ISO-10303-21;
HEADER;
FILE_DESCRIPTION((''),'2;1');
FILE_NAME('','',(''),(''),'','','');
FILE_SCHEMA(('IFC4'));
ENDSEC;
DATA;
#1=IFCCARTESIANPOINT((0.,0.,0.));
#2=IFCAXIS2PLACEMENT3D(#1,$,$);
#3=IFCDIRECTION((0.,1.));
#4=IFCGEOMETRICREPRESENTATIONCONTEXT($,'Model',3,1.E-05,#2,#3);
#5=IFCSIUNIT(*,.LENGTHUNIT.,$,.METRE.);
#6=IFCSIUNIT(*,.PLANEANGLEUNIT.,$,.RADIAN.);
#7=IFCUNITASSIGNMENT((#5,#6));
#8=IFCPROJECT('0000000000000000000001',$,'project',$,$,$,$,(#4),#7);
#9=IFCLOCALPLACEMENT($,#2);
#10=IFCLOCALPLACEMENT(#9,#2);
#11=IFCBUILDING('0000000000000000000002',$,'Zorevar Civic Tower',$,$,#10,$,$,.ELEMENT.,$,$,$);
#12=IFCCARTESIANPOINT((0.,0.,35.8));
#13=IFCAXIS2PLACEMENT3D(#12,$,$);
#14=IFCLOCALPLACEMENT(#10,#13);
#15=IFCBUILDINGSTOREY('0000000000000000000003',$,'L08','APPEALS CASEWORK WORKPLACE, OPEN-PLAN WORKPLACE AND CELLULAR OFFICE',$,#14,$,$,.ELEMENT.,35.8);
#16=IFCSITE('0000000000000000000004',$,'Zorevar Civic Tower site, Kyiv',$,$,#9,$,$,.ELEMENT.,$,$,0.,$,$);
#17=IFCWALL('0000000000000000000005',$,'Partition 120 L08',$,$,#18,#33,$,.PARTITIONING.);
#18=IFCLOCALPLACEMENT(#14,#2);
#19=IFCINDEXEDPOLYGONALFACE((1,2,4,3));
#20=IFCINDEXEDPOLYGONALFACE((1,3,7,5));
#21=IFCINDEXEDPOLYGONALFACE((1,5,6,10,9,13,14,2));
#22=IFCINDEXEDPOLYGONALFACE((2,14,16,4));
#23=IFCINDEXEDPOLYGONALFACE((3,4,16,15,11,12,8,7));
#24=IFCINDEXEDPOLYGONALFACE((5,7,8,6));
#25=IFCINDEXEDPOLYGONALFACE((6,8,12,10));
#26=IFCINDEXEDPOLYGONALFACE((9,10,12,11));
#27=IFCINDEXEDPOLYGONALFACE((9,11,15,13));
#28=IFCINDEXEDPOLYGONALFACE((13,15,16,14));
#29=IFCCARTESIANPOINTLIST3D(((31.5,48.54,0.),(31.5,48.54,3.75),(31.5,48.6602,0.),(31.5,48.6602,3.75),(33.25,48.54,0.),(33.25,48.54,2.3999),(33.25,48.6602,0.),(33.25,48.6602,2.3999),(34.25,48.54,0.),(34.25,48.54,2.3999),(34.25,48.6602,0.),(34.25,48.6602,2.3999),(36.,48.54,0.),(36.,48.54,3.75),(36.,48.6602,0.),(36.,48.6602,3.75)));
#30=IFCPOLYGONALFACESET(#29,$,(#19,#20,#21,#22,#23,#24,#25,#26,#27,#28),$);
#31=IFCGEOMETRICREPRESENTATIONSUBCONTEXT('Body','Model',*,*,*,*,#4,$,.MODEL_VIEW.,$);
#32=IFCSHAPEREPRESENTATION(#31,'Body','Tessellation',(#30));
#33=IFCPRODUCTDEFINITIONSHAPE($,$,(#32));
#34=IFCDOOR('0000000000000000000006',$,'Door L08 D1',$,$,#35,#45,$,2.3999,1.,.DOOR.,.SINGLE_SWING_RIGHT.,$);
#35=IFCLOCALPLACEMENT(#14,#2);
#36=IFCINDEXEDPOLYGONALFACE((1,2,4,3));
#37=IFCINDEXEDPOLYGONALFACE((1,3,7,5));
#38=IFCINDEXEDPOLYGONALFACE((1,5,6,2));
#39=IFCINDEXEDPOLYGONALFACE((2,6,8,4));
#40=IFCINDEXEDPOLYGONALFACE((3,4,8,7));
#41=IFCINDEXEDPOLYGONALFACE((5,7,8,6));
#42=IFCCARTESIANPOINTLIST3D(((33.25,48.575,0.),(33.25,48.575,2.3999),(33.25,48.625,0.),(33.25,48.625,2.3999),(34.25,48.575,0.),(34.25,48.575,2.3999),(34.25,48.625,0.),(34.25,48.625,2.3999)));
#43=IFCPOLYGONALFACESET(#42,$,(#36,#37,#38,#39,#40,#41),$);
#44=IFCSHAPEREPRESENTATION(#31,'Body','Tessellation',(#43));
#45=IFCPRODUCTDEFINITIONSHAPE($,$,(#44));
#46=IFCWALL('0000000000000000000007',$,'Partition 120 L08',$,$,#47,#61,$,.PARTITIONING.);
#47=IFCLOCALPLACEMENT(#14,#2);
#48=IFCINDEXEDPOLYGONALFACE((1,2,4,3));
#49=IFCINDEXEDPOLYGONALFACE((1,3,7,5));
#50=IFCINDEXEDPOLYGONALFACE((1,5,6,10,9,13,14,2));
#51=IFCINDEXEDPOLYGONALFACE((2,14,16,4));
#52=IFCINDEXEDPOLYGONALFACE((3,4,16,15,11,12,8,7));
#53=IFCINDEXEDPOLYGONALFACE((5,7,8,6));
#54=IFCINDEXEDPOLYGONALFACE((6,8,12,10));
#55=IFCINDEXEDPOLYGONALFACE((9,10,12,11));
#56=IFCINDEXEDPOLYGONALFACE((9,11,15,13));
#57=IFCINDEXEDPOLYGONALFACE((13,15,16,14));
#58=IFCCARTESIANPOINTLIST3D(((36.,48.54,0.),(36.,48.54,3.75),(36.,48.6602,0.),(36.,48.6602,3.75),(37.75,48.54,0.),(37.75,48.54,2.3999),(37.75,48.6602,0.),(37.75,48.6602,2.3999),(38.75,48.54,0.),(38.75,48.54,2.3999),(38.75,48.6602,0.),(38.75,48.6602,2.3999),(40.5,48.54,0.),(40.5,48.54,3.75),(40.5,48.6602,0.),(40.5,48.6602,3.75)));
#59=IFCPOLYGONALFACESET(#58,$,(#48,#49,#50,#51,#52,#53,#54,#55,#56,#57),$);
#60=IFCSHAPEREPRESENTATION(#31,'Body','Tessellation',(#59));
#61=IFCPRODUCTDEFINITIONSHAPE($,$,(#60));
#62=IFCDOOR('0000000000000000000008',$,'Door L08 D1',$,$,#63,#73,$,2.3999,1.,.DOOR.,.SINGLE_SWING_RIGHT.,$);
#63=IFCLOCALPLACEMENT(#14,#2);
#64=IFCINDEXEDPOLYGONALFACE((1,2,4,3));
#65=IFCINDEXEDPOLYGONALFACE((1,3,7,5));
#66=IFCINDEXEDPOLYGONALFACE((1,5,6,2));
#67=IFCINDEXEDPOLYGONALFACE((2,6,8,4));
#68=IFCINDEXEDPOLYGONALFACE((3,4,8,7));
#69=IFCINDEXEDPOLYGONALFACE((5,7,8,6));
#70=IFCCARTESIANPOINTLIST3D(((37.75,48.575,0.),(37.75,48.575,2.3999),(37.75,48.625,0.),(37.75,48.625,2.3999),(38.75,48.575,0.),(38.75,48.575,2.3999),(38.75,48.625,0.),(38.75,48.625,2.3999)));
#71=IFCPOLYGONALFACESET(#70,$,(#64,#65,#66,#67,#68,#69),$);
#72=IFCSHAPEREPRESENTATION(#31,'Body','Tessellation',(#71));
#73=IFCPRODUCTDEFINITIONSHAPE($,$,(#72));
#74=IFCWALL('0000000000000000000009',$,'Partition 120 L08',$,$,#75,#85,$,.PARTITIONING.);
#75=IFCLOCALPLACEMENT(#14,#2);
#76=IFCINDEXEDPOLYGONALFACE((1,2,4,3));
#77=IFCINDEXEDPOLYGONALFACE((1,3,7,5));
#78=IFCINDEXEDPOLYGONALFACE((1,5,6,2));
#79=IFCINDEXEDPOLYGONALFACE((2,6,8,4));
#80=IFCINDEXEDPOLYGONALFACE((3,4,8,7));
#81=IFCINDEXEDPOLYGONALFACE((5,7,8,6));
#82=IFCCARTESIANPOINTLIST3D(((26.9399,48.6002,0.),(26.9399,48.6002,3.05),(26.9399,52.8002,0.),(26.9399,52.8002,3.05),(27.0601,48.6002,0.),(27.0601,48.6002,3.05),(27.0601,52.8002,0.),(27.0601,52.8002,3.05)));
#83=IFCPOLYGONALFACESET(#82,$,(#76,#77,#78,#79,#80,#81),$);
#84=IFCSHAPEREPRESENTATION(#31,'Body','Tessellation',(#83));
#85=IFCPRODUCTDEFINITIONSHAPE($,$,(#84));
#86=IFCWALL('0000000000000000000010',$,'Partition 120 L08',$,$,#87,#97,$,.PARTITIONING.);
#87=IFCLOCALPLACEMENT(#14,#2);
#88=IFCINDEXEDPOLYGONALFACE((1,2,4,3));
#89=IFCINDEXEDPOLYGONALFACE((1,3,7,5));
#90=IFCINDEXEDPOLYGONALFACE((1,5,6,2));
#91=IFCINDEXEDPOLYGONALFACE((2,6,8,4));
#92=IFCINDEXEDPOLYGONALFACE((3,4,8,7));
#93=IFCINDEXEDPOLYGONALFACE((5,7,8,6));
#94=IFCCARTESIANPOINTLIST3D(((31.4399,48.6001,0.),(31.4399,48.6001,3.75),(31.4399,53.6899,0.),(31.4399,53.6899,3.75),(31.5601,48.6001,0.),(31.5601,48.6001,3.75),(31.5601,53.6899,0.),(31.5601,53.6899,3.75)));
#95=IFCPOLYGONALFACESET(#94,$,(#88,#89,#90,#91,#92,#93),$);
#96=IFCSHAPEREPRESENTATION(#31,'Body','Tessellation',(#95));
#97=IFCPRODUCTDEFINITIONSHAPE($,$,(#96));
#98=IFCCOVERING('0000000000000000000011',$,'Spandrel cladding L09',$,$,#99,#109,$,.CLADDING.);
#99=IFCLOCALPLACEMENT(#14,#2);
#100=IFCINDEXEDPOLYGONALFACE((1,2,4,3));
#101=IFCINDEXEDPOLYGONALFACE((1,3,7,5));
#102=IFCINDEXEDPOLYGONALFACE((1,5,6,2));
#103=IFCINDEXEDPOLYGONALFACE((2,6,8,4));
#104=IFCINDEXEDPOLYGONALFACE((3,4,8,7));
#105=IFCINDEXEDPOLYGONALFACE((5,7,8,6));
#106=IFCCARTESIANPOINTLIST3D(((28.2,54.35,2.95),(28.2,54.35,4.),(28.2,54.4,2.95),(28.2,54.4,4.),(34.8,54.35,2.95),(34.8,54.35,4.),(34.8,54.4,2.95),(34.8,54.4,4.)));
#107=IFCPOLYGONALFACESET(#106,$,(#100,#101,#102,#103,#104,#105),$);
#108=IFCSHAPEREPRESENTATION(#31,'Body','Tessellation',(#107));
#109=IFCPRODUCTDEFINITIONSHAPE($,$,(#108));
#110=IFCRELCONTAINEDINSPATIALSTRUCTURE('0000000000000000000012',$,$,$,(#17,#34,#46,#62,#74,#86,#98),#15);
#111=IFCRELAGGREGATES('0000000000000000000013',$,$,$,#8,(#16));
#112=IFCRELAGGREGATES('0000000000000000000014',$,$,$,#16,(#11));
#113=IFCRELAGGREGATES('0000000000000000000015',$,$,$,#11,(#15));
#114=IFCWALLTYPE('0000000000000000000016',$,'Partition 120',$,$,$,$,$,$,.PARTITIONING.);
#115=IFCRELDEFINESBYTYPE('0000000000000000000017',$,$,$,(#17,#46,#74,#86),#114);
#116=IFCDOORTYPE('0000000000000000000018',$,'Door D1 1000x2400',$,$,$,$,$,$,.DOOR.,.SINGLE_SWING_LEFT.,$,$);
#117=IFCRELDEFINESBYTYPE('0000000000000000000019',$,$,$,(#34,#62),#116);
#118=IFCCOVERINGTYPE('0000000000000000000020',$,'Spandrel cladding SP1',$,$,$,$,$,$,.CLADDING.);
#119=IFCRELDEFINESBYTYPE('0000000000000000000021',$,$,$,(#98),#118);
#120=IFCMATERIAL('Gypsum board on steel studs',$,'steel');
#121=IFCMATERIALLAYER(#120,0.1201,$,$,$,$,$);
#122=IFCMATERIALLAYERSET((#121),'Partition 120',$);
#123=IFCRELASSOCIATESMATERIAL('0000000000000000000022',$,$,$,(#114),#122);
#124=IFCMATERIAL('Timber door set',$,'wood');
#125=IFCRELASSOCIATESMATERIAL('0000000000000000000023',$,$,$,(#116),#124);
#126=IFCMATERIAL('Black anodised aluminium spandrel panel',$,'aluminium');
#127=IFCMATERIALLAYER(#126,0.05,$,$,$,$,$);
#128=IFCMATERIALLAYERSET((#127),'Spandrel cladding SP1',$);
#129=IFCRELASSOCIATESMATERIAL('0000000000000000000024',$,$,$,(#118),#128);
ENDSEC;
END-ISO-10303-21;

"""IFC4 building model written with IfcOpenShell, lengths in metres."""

from ifc_helpers import new_model, si_unit, direction, frame, frame_2d, origin, place, context, subcontext, project, spatial, rectangle, extrude, material, layer, layer_set, type_object, element, fill, save


model = new_model("IFC4")

# Units and contexts
model_context = context("Model", 3, precision=1e-05, world=origin(), true_north=direction((0.0, 1.0)))
body_context = subcontext(model_context, "Body", "Model", "MODEL_VIEW")
ifc_project = project(units=[si_unit("LENGTHUNIT", "METRE"), si_unit("PLANEANGLEUNIT", "RADIAN")], contexts=[model_context])

# Site, building, storey
site_placement = place(None, origin())
site = spatial("IfcSite", under=ifc_project, at=site_placement, Name="Zorevar Civic Tower site, Kyiv", CompositionType="ELEMENT", RefElevation=0.0)
building_placement = place(site_placement, origin())
building = spatial("IfcBuilding", under=site, at=building_placement, Name="Zorevar Civic Tower", CompositionType="ELEMENT")
storey_placement = place(building_placement, frame((0.0, 0.0, 35.8)))
storey = spatial("IfcBuildingStorey", under=building, at=storey_placement, Name="L08", Description="APPEALS CASEWORK WORKPLACE, OPEN-PLAN WORKPLACE AND CELLULAR OFFICE", CompositionType="ELEMENT", Elevation=35.8)

# Walls, openings, doors
ifc_material_1 = material(Name="Gypsum board on steel studs", Category="steel")
ifc_layer_1 = layer(ifc_material_1, 0.1201)
ifc_layer_set_1 = layer_set([ifc_layer_1], Name="Partition 120")
wall_type = type_object("IfcWallType", Name="Partition 120", PredefinedType="PARTITIONING", material=ifc_layer_set_1)
ifc_material_2 = material(Name="Timber door set", Category="wood")
door_type = type_object("IfcDoorType", Name="Door D1 1000x2400", OperationType="SINGLE_SWING_LEFT", PredefinedType="DOOR", material=ifc_material_2)
wall_1_placement = place(storey_placement, frame((31.5, 48.6001, 0.0), z_axis=(0.0, 0.0, 1.0), x_axis=(1.0, 0.0, 0.0)))
wall_1 = element("IfcWall", 1, at=wall_1_placement, inside=storey, type_object=wall_type, Name="Partition 120 L08", PredefinedType="PARTITIONING", context=body_context, shape_type="SweptSolid", body=[
    extrude(rectangle(XDim=4.5, YDim=0.1201, at=frame_2d((2.25, 0.0))), origin(), (0.0, 0.0, 1.0), 3.75),
])
opening_1_placement = place(wall_1_placement, frame((1.75, 0.0, 0.0)))
opening_1 = element("IfcOpeningElement", 2, at=opening_1_placement, cuts=wall_1, PredefinedType="OPENING", context=body_context, shape_type="SweptSolid", body=[
    extrude(rectangle(XDim=1.0, YDim=2.3999, at=frame_2d((0.5, 1.2))), frame((0.0, 0.0701, 0.0), z_axis=(0.0, -1.0, 0.0), x_axis=(1.0, 0.0, 0.0)), (0.0, 0.0, 1.0), 0.1401),
])
door_1_placement = place(opening_1_placement, origin())
door_1 = element("IfcDoor", 3, at=door_1_placement, inside=storey, type_object=door_type, Name="Door L08 D1", OperationType="SINGLE_SWING_RIGHT", OverallHeight=2.3999, OverallWidth=1.0, PredefinedType="DOOR", context=body_context, shape_type="SweptSolid", body=[
    extrude(rectangle(XDim=1.0, YDim=2.3999, at=frame_2d((0.5, 1.2))), frame((0.0, 0.0249, 0.0), z_axis=(0.0, -1.0, 0.0), x_axis=(1.0, 0.0, 0.0)), (0.0, 0.0, 1.0), 0.05),
])
fill(opening_1, door_1)
wall_2_placement = place(storey_placement, frame((36.0, 48.6001, 0.0), z_axis=(0.0, 0.0, 1.0), x_axis=(1.0, 0.0, 0.0)))
wall_2 = element("IfcWall", 4, at=wall_2_placement, inside=storey, type_object=wall_type, Name="Partition 120 L08", PredefinedType="PARTITIONING", context=body_context, shape_type="SweptSolid", body=[
    extrude(rectangle(XDim=4.5, YDim=0.1201, at=frame_2d((2.25, 0.0))), origin(), (0.0, 0.0, 1.0), 3.75),
])
opening_2_placement = place(wall_2_placement, frame((1.75, 0.0, 0.0)))
opening_2 = element("IfcOpeningElement", 5, at=opening_2_placement, cuts=wall_2, PredefinedType="OPENING", context=body_context, shape_type="SweptSolid", body=[
    extrude(rectangle(XDim=1.0, YDim=2.3999, at=frame_2d((0.5, 1.2))), frame((0.0, 0.0701, 0.0), z_axis=(0.0, -1.0, 0.0), x_axis=(1.0, 0.0, 0.0)), (0.0, 0.0, 1.0), 0.1401),
])
door_2_placement = place(opening_2_placement, origin())
door_2 = element("IfcDoor", 6, at=door_2_placement, inside=storey, type_object=door_type, Name="Door L08 D1", OperationType="SINGLE_SWING_RIGHT", OverallHeight=2.3999, OverallWidth=1.0, PredefinedType="DOOR", context=body_context, shape_type="SweptSolid", body=[
    extrude(rectangle(XDim=1.0, YDim=2.3999, at=frame_2d((0.5, 1.2))), frame((0.0, 0.0249, 0.0), z_axis=(0.0, -1.0, 0.0), x_axis=(1.0, 0.0, 0.0)), (0.0, 0.0, 1.0), 0.05),
])
fill(opening_2, door_2)

# Walls
wall_3_placement = place(storey_placement, frame((27.0, 48.6001, 0.0), z_axis=(0.0, 0.0, 1.0), x_axis=(0.0, 1.0, 0.0)))
element("IfcWall", 7, at=wall_3_placement, inside=storey, type_object=wall_type, Name="Partition 120 L08", PredefinedType="PARTITIONING", context=body_context, shape_type="SweptSolid", body=[
    extrude(rectangle(XDim=4.2, YDim=0.1201, at=frame_2d((2.1001, 0.0))), origin(), (0.0, 0.0, 1.0), 3.05),
])
wall_4_placement = place(storey_placement, frame((31.5, 48.6001, 0.0), z_axis=(0.0, 0.0, 1.0), x_axis=(0.0, 1.0, 0.0)))
element("IfcWall", 8, at=wall_4_placement, inside=storey, type_object=wall_type, Name="Partition 120 L08", PredefinedType="PARTITIONING", context=body_context, shape_type="SweptSolid", body=[
    extrude(rectangle(XDim=5.0898, YDim=0.1201, at=frame_2d((2.5449, 0.0))), origin(), (0.0, 0.0, 1.0), 3.75),
])

# Covering
ifc_material_3 = material(Name="Black anodised aluminium spandrel panel", Category="aluminium")
ifc_layer_2 = layer(ifc_material_3, 0.05)
ifc_layer_set_2 = layer_set([ifc_layer_2], Name="Spandrel cladding SP1")
covering_type = type_object("IfcCoveringType", Name="Spandrel cladding SP1", PredefinedType="CLADDING", material=ifc_layer_set_2)
covering_placement = place(storey_placement, frame((28.2, 54.375, 2.95), z_axis=(0.0, 0.0, 1.0), x_axis=(1.0, 0.0, 0.0)))
element("IfcCovering", 9, at=covering_placement, inside=storey, type_object=covering_type, Name="Spandrel cladding L09", PredefinedType="CLADDING", context=body_context, shape_type="SweptSolid", body=[
    extrude(rectangle(XDim=6.6001, YDim=0.05, at=frame_2d((3.3, 0.0))), origin(), (0.0, 0.0, 1.0), 1.05),
])

save(model, "model.ifc")
